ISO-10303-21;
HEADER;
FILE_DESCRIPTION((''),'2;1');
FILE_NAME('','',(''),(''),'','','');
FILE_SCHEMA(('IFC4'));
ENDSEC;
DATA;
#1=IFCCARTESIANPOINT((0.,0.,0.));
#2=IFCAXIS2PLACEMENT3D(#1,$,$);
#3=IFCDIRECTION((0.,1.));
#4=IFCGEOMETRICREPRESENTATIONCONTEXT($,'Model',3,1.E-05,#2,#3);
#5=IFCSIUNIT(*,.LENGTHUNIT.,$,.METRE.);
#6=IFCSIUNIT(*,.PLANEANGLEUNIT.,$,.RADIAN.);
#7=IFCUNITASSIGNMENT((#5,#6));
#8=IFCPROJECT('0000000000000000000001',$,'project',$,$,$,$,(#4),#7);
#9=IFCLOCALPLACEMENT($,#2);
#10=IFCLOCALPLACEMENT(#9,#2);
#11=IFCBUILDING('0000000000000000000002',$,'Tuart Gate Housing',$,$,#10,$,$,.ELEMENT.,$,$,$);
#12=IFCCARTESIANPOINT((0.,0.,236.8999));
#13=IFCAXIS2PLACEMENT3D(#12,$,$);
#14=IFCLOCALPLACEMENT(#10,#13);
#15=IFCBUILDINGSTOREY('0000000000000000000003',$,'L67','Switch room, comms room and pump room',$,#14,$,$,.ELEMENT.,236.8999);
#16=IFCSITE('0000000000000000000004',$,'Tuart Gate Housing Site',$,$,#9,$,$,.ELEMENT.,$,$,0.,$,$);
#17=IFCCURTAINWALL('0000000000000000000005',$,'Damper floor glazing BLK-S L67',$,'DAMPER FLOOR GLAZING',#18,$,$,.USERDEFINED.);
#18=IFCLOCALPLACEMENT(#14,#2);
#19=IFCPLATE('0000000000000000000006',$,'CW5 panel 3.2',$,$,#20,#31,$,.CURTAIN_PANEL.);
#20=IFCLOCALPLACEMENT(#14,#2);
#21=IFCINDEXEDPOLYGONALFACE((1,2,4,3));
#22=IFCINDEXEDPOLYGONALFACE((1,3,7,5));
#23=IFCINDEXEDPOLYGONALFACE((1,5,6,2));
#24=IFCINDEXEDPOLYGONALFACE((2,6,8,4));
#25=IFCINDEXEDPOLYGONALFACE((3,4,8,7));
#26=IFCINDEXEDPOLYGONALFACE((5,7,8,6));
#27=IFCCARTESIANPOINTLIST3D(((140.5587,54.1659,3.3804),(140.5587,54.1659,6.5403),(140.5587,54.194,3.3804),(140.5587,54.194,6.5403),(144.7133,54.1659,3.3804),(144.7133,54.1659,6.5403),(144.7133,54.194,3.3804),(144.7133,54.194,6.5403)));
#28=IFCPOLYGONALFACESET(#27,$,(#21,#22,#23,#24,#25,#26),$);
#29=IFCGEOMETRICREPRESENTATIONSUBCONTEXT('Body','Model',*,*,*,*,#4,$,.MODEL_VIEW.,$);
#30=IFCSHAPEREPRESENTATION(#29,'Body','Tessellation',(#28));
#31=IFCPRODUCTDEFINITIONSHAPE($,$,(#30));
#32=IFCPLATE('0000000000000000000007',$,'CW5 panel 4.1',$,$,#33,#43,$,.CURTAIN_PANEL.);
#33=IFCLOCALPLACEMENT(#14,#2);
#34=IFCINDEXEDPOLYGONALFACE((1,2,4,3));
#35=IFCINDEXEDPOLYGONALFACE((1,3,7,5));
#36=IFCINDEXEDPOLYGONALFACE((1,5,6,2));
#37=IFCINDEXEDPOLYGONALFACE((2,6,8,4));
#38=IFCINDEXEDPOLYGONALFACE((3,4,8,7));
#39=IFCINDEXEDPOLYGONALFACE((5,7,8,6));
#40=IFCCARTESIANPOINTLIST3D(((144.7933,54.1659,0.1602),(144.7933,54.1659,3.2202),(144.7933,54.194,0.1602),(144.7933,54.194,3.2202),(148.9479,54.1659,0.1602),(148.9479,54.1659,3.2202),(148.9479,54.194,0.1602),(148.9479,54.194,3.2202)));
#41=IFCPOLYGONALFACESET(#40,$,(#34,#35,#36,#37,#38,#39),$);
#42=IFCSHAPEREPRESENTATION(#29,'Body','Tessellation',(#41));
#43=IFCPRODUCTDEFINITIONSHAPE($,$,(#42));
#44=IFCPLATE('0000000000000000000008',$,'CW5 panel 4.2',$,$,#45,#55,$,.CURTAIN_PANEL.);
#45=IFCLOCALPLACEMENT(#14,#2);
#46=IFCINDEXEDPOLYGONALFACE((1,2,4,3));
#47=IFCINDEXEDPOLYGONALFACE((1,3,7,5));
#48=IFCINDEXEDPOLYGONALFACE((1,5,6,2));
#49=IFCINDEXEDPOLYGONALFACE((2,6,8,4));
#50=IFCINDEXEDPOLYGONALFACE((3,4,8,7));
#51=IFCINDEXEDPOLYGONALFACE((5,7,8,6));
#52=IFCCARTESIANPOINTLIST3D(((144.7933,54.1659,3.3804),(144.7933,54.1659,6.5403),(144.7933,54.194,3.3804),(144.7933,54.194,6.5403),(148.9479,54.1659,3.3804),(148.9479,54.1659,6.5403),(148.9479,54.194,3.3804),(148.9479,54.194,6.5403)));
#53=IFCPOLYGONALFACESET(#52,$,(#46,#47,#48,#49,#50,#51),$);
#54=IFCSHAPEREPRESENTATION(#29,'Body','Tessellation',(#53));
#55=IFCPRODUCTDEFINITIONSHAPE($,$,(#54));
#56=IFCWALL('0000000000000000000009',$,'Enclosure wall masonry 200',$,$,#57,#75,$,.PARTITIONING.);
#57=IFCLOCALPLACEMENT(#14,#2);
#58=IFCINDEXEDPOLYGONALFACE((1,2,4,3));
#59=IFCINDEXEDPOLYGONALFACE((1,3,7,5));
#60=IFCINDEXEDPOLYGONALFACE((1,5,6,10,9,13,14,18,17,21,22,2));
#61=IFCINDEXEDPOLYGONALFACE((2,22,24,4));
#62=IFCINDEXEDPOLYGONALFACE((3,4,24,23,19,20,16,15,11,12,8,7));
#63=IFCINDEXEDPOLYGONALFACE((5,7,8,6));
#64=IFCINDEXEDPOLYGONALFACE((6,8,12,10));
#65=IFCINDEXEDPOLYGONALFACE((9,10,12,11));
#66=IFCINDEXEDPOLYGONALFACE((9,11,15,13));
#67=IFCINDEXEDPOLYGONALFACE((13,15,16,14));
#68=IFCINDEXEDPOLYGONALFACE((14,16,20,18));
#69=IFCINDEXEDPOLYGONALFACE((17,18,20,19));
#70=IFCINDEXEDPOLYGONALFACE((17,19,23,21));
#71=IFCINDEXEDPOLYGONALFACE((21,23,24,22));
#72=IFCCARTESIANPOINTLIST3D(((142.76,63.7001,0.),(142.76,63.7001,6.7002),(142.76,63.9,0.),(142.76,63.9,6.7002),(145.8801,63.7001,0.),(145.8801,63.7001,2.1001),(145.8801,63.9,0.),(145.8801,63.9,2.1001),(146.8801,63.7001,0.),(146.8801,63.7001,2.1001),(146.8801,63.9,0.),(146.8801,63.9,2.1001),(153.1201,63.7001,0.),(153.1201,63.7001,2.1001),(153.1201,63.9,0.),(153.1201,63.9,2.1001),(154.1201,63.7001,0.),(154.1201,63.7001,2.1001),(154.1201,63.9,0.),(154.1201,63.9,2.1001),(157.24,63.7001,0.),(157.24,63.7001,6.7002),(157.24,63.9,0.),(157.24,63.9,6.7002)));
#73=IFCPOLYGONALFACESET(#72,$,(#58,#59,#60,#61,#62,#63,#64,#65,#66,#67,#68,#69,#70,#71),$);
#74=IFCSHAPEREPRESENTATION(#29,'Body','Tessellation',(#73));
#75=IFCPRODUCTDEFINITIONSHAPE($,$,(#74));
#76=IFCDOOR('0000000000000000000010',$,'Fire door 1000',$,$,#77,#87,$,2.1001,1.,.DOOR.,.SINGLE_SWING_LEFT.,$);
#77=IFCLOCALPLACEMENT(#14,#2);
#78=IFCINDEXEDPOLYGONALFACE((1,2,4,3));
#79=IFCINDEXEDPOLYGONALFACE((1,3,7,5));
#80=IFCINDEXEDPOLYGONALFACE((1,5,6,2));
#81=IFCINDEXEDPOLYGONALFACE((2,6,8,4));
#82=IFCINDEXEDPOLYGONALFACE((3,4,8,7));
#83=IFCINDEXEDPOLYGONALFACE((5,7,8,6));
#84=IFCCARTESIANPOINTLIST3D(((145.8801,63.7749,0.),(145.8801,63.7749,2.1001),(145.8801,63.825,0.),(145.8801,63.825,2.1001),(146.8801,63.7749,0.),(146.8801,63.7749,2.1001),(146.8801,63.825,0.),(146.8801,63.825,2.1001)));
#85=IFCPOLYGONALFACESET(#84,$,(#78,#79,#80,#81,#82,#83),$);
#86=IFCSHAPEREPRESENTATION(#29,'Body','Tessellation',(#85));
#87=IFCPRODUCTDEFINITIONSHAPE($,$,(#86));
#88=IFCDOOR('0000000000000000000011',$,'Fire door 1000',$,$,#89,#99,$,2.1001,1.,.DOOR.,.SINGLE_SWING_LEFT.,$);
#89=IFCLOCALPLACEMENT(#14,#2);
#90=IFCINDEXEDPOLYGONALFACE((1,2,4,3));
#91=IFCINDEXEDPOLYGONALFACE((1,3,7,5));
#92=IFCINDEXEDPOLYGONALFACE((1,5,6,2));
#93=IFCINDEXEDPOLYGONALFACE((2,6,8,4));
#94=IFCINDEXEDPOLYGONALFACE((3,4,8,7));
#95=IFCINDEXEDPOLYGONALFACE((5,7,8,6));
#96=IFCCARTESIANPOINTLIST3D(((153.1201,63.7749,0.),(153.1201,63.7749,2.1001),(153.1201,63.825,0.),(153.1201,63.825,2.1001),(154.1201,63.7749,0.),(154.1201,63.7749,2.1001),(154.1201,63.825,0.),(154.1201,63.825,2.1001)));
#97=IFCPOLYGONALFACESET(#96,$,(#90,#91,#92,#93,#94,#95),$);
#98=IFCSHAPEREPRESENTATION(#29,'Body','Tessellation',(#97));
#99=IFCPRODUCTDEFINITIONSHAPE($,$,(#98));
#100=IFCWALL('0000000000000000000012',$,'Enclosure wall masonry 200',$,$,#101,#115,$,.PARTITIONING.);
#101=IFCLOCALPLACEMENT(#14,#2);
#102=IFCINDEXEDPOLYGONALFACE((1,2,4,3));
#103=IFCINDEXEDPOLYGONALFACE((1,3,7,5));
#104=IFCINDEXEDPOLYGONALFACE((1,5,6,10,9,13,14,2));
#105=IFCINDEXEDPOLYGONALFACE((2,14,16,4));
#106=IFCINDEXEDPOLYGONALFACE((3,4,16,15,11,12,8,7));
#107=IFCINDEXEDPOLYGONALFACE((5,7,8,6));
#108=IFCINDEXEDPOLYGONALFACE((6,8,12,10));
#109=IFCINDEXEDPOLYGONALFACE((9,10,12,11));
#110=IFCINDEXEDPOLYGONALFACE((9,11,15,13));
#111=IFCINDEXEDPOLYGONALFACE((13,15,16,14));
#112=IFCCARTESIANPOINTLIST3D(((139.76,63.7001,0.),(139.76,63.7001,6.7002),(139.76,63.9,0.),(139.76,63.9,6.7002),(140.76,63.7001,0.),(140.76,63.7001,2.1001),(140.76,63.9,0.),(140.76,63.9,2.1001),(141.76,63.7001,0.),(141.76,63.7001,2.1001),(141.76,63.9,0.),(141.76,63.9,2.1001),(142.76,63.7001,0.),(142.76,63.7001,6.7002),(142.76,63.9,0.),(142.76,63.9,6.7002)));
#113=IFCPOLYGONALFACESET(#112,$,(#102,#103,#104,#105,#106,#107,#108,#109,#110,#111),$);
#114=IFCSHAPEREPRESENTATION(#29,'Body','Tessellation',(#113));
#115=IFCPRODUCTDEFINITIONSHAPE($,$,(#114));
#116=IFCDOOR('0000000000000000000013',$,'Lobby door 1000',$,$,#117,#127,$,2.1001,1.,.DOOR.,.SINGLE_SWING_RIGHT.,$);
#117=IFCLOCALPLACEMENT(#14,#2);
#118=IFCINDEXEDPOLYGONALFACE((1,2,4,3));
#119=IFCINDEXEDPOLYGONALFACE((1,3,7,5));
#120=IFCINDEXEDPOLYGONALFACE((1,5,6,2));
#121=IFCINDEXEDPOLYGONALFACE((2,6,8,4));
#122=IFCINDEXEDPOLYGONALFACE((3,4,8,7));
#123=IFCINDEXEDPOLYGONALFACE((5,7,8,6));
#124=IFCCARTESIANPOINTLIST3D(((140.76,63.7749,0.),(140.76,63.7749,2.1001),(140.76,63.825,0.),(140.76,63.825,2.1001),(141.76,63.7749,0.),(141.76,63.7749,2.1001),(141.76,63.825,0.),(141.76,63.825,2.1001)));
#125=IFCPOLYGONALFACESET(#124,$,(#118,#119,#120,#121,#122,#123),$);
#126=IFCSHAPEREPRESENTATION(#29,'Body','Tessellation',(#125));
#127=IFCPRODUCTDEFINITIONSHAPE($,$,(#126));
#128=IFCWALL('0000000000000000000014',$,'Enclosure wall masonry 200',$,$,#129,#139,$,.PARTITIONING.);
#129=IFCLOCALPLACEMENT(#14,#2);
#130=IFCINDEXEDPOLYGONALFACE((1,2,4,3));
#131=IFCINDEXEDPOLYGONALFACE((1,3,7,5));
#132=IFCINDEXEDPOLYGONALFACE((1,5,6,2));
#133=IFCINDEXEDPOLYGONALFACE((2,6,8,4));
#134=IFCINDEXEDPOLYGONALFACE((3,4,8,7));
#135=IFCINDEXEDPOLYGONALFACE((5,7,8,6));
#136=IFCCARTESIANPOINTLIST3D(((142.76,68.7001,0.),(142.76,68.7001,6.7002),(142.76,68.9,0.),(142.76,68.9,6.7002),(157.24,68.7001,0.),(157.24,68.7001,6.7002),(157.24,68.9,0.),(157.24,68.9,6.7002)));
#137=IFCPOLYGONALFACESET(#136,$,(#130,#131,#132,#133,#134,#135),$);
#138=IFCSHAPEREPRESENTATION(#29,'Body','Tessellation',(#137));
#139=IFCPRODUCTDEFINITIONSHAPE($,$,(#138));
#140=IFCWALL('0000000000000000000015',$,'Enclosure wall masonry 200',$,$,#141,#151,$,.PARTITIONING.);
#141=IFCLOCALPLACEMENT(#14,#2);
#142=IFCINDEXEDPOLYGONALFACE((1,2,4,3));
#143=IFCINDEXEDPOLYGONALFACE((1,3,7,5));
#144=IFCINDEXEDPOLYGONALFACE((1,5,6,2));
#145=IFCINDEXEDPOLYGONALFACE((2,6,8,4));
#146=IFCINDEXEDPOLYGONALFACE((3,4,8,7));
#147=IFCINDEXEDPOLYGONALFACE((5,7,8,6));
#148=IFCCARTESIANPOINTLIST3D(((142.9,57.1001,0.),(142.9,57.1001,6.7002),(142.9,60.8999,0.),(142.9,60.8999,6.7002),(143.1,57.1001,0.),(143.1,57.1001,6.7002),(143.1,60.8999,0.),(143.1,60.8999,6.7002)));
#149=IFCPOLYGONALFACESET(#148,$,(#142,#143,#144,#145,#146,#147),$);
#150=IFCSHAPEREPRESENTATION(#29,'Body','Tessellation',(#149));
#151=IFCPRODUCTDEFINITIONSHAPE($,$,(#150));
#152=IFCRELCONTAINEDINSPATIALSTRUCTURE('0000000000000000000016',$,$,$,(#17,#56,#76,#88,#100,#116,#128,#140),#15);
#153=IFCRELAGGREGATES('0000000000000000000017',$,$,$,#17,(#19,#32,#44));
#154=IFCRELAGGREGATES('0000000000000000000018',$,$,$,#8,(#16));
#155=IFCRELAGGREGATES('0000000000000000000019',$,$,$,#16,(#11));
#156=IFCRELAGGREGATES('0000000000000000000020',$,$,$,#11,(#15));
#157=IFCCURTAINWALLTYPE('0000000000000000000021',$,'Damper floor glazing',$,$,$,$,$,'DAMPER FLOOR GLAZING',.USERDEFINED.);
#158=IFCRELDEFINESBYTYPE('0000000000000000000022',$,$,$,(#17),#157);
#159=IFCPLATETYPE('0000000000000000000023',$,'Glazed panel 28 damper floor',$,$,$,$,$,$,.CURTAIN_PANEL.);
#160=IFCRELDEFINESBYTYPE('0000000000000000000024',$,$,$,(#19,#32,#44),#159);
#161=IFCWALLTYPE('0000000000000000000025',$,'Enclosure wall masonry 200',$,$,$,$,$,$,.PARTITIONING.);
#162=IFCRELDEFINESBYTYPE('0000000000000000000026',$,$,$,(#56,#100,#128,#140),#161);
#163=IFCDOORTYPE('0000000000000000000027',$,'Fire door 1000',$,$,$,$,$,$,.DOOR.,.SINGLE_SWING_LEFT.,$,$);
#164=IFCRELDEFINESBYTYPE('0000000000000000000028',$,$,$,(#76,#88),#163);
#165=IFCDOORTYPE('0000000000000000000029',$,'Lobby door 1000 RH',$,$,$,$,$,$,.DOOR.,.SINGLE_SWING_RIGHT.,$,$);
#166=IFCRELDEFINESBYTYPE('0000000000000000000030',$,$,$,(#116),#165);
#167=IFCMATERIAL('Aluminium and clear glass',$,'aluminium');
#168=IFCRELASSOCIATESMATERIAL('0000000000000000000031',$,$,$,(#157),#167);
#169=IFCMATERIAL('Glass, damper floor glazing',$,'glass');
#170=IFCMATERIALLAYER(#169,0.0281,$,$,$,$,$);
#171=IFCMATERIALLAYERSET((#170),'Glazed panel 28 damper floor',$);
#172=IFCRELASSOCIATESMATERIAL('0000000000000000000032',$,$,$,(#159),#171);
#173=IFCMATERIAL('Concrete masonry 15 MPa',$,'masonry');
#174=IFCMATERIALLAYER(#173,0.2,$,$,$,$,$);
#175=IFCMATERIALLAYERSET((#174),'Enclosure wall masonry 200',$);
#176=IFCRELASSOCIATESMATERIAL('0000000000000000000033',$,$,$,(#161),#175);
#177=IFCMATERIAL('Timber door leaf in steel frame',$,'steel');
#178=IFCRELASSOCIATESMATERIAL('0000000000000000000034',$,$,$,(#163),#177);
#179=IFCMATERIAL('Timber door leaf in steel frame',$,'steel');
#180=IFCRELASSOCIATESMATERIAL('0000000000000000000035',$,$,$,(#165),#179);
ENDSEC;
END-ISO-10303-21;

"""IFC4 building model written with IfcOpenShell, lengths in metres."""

from ifc_helpers import new_model, si_unit, direction, frame, frame_2d, origin, origin_2d, place, context, subcontext, project, spatial, rectangle, extrude, material, layer, layer_set, type_object, element, fill, aggregate, save


model = new_model("IFC4")

# Units and contexts
model_context = context("Model", 3, precision=1e-05, world=origin(), true_north=direction((0.0, 1.0)))
body_context = subcontext(model_context, "Body", "Model", "MODEL_VIEW")
ifc_project = project(units=[si_unit("LENGTHUNIT", "METRE"), si_unit("PLANEANGLEUNIT", "RADIAN")], contexts=[model_context])

# Site, building, storey
site_placement = place(None, origin())
site = spatial("IfcSite", under=ifc_project, at=site_placement, Name="Tuart Gate Housing Site", CompositionType="ELEMENT", RefElevation=0.0)
building_placement = place(site_placement, origin())
building = spatial("IfcBuilding", under=site, at=building_placement, Name="Tuart Gate Housing", CompositionType="ELEMENT")
storey_placement = place(building_placement, frame((0.0, 0.0, 236.8999)))
storey = spatial("IfcBuildingStorey", under=building, at=storey_placement, Name="L67", Description="Switch room, comms room and pump room", CompositionType="ELEMENT", Elevation=236.8999)

# Curtain wall, plates
ifc_material_1 = material(Name="Aluminium and clear glass", Category="aluminium")
curtain_wall_type = type_object("IfcCurtainWallType", Name="Damper floor glazing", ElementType="DAMPER FLOOR GLAZING", PredefinedType="USERDEFINED", material=ifc_material_1)
curtain_wall_placement = place(storey_placement, origin())
curtain_wall = element("IfcCurtainWall", 1, at=curtain_wall_placement, inside=storey, type_object=curtain_wall_type, Name="Damper floor glazing BLK-S L67", ObjectType="DAMPER FLOOR GLAZING", PredefinedType="USERDEFINED")
ifc_material_2 = material(Name="Glass, damper floor glazing", Category="glass")
ifc_layer_1 = layer(ifc_material_2, 0.0281)
ifc_layer_set_1 = layer_set([ifc_layer_1], Name="Glazed panel 28 damper floor")
plate_type = type_object("IfcPlateType", Name="Glazed panel 28 damper floor", PredefinedType="CURTAIN_PANEL", material=ifc_layer_set_1)
plate_1_placement = place(storey_placement, frame((142.636, 54.1799, 3.3804), z_axis=(0.0, 0.0, 1.0), x_axis=(1.0, 0.0, 0.0)))
plate_1 = element("IfcPlate", 2, at=plate_1_placement, type_object=plate_type, Name="CW5 panel 3.2", PredefinedType="CURTAIN_PANEL", context=body_context, shape_type="SweptSolid", body=[
    extrude(rectangle(XDim=4.1545, YDim=0.0281, at=origin_2d()), origin(), (0.0, 0.0, 1.0), 3.1599),
])
plate_2_placement = place(storey_placement, frame((146.8706, 54.1799, 0.1602), z_axis=(0.0, 0.0, 1.0), x_axis=(1.0, 0.0, 0.0)))
plate_2 = element("IfcPlate", 3, at=plate_2_placement, type_object=plate_type, Name="CW5 panel 4.1", PredefinedType="CURTAIN_PANEL", context=body_context, shape_type="SweptSolid", body=[
    extrude(rectangle(XDim=4.1545, YDim=0.0281, at=origin_2d()), origin(), (0.0, 0.0, 1.0), 3.0601),
])
plate_3_placement = place(storey_placement, frame((146.8706, 54.1799, 3.3804), z_axis=(0.0, 0.0, 1.0), x_axis=(1.0, 0.0, 0.0)))
plate_3 = element("IfcPlate", 4, at=plate_3_placement, type_object=plate_type, Name="CW5 panel 4.2", PredefinedType="CURTAIN_PANEL", context=body_context, shape_type="SweptSolid", body=[
    extrude(rectangle(XDim=4.1545, YDim=0.0281, at=origin_2d()), origin(), (0.0, 0.0, 1.0), 3.1599),
])
aggregate(curtain_wall, [plate_1, plate_2, plate_3])

# Wall, openings, doors
ifc_material_3 = material(Name="Concrete masonry 15 MPa", Category="masonry")
ifc_layer_2 = layer(ifc_material_3, 0.2)
ifc_layer_set_2 = layer_set([ifc_layer_2], Name="Enclosure wall masonry 200")
wall_type_1 = type_object("IfcWallType", Name="Enclosure wall masonry 200", PredefinedType="PARTITIONING", material=ifc_layer_set_2)
wall_1_placement = place(storey_placement, frame((142.76, 63.8, 0.0), z_axis=(0.0, 0.0, 1.0), x_axis=(1.0, 0.0, 0.0)))
wall_1 = element("IfcWall", 5, at=wall_1_placement, inside=storey, type_object=wall_type_1, Name="Enclosure wall masonry 200", PredefinedType="PARTITIONING", context=body_context, shape_type="SweptSolid", body=[
    extrude(rectangle(XDim=14.48, YDim=0.2, at=frame_2d((7.24, 0.0))), origin(), (0.0, 0.0, 1.0), 6.7002),
])
opening_1_placement = place(wall_1_placement, frame((3.1201, 0.0, 0.0)))
opening_1 = element("IfcOpeningElement", 6, at=opening_1_placement, cuts=wall_1, PredefinedType="OPENING", context=body_context, shape_type="SweptSolid", body=[
    extrude(rectangle(XDim=1.0, YDim=2.1001, at=frame_2d((0.5, 1.05))), frame((0.0, 0.1099, 0.0), z_axis=(0.0, -1.0, 0.0), x_axis=(1.0, 0.0, 0.0)), (0.0, 0.0, 1.0), 0.22),
])
opening_2_placement = place(wall_1_placement, frame((10.3601, 0.0, 0.0)))
opening_2 = element("IfcOpeningElement", 7, at=opening_2_placement, cuts=wall_1, PredefinedType="OPENING", context=body_context, shape_type="SweptSolid", body=[
    extrude(rectangle(XDim=1.0, YDim=2.1001, at=frame_2d((0.5, 1.05))), frame((0.0, 0.1099, 0.0), z_axis=(0.0, -1.0, 0.0), x_axis=(1.0, 0.0, 0.0)), (0.0, 0.0, 1.0), 0.22),
])
ifc_material_4 = material(Name="Timber door leaf in steel frame", Category="steel")
door_type_1 = type_object("IfcDoorType", Name="Fire door 1000", OperationType="SINGLE_SWING_LEFT", PredefinedType="DOOR", material=ifc_material_4)
door_1_placement = place(opening_1_placement, origin())
door_1 = element("IfcDoor", 8, at=door_1_placement, inside=storey, type_object=door_type_1, Name="Fire door 1000", OperationType="SINGLE_SWING_LEFT", OverallHeight=2.1001, OverallWidth=1.0, PredefinedType="DOOR", context=body_context, shape_type="SweptSolid", body=[
    extrude(rectangle(XDim=1.0, YDim=2.1001, at=frame_2d((0.5, 1.05))), frame((0.0, 0.0249, 0.0), z_axis=(0.0, -1.0, 0.0), x_axis=(1.0, 0.0, 0.0)), (0.0, 0.0, 1.0), 0.05),
])
fill(opening_1, door_1)
door_2_placement = place(opening_2_placement, origin())
door_2 = element("IfcDoor", 9, at=door_2_placement, inside=storey, type_object=door_type_1, Name="Fire door 1000", OperationType="SINGLE_SWING_LEFT", OverallHeight=2.1001, OverallWidth=1.0, PredefinedType="DOOR", context=body_context, shape_type="SweptSolid", body=[
    extrude(rectangle(XDim=1.0, YDim=2.1001, at=frame_2d((0.5, 1.05))), frame((0.0, 0.0249, 0.0), z_axis=(0.0, -1.0, 0.0), x_axis=(1.0, 0.0, 0.0)), (0.0, 0.0, 1.0), 0.05),
])
fill(opening_2, door_2)

# Wall, opening, door
wall_2_placement = place(storey_placement, frame((139.76, 63.8, 0.0), z_axis=(0.0, 0.0, 1.0), x_axis=(1.0, 0.0, 0.0)))
wall_2 = element("IfcWall", 10, at=wall_2_placement, inside=storey, type_object=wall_type_1, Name="Enclosure wall masonry 200", PredefinedType="PARTITIONING", context=body_context, shape_type="SweptSolid", body=[
    extrude(rectangle(XDim=3.0, YDim=0.2, at=frame_2d((1.5, 0.0))), origin(), (0.0, 0.0, 1.0), 6.7002),
])
opening_3_placement = place(wall_2_placement, frame((1.0, 0.0, 0.0)))
opening_3 = element("IfcOpeningElement", 11, at=opening_3_placement, cuts=wall_2, PredefinedType="OPENING", context=body_context, shape_type="SweptSolid", body=[
    extrude(rectangle(XDim=1.0, YDim=2.1001, at=frame_2d((0.5, 1.05))), frame((0.0, 0.1099, 0.0), z_axis=(0.0, -1.0, 0.0), x_axis=(1.0, 0.0, 0.0)), (0.0, 0.0, 1.0), 0.22),
])
ifc_material_5 = material(Name="Timber door leaf in steel frame", Category="steel")
door_type_2 = type_object("IfcDoorType", Name="Lobby door 1000 RH", OperationType="SINGLE_SWING_RIGHT", PredefinedType="DOOR", material=ifc_material_5)
door_3_placement = place(opening_3_placement, origin())
door_3 = element("IfcDoor", 12, at=door_3_placement, inside=storey, type_object=door_type_2, Name="Lobby door 1000", OperationType="SINGLE_SWING_RIGHT", OverallHeight=2.1001, OverallWidth=1.0, PredefinedType="DOOR", context=body_context, shape_type="SweptSolid", body=[
    extrude(rectangle(XDim=1.0, YDim=2.1001, at=frame_2d((0.5, 1.05))), frame((0.0, 0.0249, 0.0), z_axis=(0.0, -1.0, 0.0), x_axis=(1.0, 0.0, 0.0)), (0.0, 0.0, 1.0), 0.05),
])
fill(opening_3, door_3)

# Walls
wall_3_placement = place(storey_placement, frame((142.76, 68.8, 0.0), z_axis=(0.0, 0.0, 1.0), x_axis=(1.0, 0.0, 0.0)))
element("IfcWall", 13, at=wall_3_placement, inside=storey, type_object=wall_type_1, Name="Enclosure wall masonry 200", PredefinedType="PARTITIONING", context=body_context, shape_type="SweptSolid", body=[
    extrude(rectangle(XDim=14.48, YDim=0.2, at=frame_2d((7.24, 0.0))), origin(), (0.0, 0.0, 1.0), 6.7002),
])
wall_4_placement = place(storey_placement, frame((143.0, 57.1001, 0.0), z_axis=(0.0, 0.0, 1.0), x_axis=(0.0, 1.0, 0.0)))
element("IfcWall", 14, at=wall_4_placement, inside=storey, type_object=wall_type_1, Name="Enclosure wall masonry 200", PredefinedType="PARTITIONING", context=body_context, shape_type="SweptSolid", body=[
    extrude(rectangle(XDim=3.7998, YDim=0.2, at=frame_2d((1.8999, 0.0))), origin(), (0.0, 0.0, 1.0), 6.7002),
])

save(model, "model.ifc")
